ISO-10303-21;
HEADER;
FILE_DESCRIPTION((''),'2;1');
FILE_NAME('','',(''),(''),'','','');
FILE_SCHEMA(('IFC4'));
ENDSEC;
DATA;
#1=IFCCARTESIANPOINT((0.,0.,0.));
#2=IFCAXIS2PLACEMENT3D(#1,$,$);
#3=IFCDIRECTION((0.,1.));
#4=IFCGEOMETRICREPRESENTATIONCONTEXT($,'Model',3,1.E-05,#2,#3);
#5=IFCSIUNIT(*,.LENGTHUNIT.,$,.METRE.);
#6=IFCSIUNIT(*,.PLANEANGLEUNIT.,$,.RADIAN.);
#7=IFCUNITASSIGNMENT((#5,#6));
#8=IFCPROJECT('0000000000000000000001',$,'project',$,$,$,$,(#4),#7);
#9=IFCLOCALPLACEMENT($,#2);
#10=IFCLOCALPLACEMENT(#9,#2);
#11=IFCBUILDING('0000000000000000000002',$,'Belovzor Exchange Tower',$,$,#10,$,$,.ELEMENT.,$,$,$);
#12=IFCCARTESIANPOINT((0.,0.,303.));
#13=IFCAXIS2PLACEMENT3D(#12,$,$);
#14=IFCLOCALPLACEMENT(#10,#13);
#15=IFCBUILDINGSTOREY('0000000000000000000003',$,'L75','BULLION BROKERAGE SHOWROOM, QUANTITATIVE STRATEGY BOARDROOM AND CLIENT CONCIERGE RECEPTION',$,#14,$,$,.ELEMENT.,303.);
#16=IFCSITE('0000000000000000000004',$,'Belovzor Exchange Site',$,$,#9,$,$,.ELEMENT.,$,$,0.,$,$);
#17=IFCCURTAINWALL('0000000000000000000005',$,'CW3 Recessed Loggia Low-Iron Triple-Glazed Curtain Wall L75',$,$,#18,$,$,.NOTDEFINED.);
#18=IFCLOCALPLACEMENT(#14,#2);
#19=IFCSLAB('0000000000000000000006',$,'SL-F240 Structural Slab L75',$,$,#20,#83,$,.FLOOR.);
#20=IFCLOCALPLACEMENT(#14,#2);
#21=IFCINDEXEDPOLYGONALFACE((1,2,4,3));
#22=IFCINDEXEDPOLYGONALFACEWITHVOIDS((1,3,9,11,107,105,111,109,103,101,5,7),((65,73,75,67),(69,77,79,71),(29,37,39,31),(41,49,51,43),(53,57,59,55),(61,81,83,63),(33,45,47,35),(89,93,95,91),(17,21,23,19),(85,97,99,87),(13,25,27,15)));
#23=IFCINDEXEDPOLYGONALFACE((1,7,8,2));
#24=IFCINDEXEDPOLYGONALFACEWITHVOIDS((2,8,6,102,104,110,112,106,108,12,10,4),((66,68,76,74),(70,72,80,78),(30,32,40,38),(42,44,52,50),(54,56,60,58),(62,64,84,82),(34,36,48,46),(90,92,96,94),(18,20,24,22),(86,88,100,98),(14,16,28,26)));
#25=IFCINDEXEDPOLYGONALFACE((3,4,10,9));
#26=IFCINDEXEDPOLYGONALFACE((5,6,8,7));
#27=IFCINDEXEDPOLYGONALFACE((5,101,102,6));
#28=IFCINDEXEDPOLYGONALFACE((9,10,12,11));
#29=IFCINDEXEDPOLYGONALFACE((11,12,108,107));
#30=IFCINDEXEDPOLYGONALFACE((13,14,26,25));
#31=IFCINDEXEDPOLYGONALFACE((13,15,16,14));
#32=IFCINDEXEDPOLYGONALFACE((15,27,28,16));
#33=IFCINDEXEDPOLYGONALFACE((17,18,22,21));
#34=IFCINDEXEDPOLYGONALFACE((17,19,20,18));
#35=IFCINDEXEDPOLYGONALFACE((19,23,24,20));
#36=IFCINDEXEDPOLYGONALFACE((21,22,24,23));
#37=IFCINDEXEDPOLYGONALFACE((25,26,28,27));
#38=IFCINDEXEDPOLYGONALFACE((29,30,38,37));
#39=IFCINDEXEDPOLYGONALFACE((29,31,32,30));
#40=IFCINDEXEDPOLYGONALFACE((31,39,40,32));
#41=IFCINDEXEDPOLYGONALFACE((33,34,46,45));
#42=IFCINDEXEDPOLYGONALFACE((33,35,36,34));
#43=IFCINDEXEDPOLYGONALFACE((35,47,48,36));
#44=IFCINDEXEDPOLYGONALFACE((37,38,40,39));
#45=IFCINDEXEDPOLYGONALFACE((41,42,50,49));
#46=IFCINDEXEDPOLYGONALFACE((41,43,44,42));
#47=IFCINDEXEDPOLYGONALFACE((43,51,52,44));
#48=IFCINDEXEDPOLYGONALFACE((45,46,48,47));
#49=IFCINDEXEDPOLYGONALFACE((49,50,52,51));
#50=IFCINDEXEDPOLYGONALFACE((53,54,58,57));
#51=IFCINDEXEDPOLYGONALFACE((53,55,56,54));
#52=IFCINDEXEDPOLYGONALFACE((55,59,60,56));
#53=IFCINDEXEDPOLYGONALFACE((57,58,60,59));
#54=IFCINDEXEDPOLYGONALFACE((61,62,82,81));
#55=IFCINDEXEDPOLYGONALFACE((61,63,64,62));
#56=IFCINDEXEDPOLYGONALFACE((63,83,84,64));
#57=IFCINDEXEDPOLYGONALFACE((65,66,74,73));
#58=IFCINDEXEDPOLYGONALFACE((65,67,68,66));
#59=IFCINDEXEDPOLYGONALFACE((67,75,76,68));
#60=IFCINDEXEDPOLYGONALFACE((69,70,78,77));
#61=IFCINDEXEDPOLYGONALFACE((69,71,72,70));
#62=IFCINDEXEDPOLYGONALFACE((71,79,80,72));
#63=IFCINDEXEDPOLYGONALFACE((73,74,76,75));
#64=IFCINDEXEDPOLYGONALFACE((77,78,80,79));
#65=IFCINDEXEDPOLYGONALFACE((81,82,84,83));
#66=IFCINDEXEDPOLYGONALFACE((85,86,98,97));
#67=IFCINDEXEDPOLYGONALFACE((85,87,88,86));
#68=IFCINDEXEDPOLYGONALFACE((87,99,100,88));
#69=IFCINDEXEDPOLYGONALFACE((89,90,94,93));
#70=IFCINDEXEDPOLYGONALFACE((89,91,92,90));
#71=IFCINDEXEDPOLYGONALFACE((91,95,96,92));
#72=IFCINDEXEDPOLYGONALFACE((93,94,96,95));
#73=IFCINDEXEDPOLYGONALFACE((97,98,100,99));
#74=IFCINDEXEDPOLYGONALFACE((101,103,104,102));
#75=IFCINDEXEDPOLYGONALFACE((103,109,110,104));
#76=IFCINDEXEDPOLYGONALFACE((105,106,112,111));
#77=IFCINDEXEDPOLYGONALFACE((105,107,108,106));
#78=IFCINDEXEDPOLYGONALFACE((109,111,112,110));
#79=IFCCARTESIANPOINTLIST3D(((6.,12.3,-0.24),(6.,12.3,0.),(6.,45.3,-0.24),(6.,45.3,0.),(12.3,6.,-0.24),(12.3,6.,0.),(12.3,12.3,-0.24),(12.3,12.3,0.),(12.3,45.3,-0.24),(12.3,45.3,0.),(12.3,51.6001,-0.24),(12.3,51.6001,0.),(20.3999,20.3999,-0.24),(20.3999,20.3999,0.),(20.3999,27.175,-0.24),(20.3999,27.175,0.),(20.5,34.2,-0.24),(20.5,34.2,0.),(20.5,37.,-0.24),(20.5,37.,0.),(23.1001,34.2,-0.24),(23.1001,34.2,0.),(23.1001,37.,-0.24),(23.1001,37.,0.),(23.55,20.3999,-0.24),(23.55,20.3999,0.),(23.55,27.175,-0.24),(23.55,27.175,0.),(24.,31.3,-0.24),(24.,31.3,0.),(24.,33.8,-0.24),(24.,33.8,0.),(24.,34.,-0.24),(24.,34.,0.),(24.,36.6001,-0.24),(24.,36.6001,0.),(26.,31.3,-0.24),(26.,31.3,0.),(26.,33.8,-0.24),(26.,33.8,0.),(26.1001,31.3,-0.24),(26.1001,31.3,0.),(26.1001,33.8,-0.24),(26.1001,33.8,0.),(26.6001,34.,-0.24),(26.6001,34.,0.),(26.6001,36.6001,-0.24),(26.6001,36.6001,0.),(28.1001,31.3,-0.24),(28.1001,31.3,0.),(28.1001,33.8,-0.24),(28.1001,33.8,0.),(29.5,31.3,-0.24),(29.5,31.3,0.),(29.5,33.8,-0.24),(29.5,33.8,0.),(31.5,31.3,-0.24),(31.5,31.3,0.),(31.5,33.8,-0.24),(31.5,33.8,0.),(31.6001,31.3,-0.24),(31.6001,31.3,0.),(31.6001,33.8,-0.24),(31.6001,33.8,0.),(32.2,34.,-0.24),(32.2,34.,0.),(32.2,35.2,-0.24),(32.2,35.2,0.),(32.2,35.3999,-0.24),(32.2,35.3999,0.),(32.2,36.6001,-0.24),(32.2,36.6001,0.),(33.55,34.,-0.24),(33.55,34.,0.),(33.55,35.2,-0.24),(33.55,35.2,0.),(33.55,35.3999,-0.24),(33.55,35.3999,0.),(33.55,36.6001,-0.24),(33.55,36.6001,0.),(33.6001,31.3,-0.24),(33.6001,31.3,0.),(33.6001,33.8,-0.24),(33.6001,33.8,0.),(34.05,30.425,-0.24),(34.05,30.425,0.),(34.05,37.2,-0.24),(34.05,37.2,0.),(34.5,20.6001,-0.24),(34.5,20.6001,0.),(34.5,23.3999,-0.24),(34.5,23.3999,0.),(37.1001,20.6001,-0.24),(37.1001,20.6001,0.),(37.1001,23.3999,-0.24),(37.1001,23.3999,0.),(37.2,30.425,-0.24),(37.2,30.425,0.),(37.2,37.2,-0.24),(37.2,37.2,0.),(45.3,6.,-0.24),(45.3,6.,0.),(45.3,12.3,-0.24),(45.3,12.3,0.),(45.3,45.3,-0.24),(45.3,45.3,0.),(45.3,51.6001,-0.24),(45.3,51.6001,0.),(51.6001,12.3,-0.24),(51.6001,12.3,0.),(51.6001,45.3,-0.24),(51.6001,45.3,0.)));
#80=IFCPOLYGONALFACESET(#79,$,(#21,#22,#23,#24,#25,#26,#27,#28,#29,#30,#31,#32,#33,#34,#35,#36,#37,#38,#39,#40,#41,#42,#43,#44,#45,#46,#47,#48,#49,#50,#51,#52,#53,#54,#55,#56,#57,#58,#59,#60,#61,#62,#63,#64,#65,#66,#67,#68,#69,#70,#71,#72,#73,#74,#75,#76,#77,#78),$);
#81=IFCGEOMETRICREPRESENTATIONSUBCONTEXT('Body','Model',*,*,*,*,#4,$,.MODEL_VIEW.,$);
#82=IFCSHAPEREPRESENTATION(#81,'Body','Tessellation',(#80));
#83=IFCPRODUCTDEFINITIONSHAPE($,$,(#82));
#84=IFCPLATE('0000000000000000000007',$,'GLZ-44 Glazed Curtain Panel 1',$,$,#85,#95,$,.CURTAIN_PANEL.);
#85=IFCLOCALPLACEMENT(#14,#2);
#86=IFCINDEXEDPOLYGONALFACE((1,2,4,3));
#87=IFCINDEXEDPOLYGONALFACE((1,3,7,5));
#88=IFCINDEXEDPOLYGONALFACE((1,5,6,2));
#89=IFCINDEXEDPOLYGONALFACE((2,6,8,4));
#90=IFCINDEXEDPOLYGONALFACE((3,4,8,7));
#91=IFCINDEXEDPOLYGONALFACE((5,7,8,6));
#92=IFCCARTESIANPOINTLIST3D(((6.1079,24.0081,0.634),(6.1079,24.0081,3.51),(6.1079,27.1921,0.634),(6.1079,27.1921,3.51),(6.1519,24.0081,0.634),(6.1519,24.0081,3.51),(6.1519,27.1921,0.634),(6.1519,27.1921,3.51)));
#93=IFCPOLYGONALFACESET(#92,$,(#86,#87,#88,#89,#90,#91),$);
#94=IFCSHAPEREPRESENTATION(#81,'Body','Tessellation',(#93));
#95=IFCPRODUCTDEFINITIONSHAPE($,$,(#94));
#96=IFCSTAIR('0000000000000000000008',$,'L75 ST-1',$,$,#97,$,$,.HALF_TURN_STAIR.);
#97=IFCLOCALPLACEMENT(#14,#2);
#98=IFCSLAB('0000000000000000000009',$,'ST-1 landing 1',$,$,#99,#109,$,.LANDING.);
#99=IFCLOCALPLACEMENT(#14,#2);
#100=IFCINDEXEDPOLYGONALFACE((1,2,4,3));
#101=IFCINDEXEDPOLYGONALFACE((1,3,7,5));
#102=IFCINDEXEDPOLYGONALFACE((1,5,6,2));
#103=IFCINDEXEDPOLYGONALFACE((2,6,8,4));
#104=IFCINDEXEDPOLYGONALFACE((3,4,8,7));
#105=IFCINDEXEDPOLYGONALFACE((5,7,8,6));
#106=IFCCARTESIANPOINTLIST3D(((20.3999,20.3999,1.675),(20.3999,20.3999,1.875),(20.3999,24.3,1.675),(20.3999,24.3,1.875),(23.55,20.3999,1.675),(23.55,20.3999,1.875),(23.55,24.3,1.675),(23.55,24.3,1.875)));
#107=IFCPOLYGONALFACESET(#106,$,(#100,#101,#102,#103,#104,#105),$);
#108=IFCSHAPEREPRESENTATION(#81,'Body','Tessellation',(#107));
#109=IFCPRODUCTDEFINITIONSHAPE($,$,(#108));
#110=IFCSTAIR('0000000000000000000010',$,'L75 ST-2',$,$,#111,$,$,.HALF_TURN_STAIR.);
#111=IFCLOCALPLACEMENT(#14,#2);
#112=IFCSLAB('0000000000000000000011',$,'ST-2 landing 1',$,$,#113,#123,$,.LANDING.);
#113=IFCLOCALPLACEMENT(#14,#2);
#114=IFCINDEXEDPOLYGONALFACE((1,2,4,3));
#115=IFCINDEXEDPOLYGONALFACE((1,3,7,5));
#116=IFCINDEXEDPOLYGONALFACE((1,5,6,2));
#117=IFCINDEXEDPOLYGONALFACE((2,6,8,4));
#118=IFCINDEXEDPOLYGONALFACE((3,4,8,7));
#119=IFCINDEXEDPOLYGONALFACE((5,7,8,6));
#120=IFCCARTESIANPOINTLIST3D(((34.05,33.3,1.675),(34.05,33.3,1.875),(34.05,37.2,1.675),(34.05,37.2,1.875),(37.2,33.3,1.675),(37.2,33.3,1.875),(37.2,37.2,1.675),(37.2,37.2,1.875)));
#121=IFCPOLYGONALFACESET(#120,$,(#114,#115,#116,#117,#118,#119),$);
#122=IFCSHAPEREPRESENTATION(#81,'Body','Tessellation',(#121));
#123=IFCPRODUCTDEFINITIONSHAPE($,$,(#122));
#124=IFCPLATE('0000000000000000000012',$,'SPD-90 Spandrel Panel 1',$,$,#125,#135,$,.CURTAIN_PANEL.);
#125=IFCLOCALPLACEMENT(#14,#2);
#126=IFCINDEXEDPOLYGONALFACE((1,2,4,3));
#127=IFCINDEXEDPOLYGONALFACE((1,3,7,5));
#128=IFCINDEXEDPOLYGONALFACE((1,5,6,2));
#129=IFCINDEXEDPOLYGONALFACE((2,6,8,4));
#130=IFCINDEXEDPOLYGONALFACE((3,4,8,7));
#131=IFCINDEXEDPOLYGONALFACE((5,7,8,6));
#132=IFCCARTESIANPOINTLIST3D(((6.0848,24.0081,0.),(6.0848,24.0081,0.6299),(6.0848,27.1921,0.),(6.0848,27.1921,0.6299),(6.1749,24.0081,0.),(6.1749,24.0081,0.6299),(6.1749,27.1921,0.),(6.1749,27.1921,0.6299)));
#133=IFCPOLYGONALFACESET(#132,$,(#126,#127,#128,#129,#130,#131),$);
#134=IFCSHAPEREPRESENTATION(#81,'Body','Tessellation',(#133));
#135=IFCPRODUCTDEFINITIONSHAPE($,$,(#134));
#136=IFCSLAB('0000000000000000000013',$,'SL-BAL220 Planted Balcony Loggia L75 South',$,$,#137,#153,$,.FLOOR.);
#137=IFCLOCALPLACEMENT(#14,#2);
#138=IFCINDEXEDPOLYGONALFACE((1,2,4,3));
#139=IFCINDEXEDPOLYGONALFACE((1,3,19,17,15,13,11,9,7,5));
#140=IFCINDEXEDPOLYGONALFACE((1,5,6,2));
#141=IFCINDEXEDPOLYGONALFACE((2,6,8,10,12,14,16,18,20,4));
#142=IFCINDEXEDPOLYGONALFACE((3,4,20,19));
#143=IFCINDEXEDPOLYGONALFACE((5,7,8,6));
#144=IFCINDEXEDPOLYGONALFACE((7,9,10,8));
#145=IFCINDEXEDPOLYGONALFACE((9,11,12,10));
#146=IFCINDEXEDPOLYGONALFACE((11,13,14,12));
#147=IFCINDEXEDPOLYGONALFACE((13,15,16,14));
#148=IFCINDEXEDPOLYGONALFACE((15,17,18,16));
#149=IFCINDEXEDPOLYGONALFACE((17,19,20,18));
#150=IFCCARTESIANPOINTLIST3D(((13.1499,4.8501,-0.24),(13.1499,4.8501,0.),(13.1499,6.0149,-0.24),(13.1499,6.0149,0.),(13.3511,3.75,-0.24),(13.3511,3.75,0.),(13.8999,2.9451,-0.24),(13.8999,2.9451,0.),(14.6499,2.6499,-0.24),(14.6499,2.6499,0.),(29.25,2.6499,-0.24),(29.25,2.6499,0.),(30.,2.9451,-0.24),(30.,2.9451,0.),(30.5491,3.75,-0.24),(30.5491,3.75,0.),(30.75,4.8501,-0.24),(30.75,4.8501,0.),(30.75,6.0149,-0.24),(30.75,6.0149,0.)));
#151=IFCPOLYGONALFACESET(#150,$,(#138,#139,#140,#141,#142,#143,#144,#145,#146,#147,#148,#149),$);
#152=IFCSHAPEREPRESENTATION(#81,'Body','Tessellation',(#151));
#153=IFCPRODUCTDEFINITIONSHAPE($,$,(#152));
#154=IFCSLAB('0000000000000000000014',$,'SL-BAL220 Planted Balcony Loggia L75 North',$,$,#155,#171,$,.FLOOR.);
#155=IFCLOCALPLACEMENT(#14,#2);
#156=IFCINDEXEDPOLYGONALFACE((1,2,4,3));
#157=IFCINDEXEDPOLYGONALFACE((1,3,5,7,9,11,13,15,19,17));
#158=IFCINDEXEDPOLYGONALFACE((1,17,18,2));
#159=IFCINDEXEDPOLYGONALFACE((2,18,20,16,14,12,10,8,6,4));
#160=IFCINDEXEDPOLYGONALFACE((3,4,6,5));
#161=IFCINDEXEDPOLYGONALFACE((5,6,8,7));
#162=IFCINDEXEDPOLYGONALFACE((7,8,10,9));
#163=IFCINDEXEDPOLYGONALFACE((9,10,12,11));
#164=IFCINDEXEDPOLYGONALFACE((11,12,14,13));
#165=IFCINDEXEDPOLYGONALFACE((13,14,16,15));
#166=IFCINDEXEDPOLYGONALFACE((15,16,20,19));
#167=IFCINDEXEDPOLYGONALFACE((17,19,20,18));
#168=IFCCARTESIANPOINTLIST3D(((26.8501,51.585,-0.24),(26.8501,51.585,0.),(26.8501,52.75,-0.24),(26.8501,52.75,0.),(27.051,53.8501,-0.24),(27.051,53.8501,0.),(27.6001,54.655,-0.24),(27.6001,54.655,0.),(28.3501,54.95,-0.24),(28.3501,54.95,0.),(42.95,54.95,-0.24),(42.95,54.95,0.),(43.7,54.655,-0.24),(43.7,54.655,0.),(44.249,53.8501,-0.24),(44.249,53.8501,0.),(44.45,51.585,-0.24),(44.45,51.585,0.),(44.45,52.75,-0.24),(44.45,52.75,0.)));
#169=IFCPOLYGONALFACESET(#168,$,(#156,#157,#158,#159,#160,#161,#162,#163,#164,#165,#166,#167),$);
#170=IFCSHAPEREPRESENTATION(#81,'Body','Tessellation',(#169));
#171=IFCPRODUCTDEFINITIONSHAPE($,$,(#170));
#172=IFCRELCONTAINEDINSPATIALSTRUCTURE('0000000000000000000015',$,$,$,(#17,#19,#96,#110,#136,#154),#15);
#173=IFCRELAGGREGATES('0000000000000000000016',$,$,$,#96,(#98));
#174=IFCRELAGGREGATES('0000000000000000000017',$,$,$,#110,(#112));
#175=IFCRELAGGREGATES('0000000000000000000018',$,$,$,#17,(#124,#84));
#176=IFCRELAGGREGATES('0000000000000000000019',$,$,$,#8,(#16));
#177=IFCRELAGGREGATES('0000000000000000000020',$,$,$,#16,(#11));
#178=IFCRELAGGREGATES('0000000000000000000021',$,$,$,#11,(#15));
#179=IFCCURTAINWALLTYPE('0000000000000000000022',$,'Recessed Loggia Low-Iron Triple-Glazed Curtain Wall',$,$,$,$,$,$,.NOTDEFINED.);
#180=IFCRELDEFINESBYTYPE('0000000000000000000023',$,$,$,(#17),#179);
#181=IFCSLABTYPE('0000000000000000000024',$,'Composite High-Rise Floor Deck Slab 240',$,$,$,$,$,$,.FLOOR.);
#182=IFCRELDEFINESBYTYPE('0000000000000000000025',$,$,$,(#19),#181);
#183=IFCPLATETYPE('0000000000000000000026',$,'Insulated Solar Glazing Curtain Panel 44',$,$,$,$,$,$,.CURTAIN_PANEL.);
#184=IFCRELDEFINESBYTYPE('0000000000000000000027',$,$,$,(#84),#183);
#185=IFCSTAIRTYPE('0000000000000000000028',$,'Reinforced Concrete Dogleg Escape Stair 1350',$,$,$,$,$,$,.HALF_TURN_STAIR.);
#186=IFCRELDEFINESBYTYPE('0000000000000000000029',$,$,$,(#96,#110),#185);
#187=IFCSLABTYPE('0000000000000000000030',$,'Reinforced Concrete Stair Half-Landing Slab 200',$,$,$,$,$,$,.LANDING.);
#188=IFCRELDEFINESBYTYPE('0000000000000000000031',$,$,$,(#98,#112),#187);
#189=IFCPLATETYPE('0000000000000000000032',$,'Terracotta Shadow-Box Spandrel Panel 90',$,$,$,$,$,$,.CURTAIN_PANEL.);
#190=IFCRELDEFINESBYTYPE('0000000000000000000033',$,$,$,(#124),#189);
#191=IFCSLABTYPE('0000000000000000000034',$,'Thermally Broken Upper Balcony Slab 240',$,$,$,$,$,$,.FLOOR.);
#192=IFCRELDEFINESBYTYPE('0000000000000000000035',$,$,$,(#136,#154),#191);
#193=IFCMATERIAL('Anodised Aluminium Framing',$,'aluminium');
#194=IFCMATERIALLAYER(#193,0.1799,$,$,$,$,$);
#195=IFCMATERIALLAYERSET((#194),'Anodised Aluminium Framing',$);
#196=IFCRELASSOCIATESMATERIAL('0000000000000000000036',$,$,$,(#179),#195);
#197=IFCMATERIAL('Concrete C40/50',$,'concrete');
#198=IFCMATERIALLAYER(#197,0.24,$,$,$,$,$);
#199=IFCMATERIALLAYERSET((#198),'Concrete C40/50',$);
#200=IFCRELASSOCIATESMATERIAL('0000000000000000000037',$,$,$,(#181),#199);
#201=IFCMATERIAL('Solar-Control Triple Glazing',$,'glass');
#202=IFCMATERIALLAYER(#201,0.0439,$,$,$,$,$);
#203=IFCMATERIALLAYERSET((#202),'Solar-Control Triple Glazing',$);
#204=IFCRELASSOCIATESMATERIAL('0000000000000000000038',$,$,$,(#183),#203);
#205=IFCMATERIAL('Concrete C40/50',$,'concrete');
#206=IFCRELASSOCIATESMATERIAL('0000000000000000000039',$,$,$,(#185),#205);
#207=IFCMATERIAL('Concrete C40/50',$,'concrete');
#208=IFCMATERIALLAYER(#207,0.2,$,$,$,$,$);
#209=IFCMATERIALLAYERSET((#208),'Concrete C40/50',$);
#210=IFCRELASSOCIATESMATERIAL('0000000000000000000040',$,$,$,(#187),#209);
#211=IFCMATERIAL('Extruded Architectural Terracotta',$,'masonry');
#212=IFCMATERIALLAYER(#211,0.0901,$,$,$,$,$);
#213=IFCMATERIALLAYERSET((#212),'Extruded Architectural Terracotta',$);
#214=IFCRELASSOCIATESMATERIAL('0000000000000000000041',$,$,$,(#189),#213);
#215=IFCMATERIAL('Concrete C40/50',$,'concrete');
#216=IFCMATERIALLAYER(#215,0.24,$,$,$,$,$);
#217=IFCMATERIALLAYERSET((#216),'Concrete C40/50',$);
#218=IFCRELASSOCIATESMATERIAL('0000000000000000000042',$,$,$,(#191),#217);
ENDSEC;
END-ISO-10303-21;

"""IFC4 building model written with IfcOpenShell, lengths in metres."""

from ifc_helpers import new_model, si_unit, direction, frame, origin, origin_2d, place, context, subcontext, project, spatial, polyline, rectangle, outline, extrude, material, layer, layer_set, type_object, element, aggregate, save


model = new_model("IFC4")

# Units and contexts
model_context = context("Model", 3, precision=1e-05, world=origin(), true_north=direction((0.0, 1.0)))
body_context = subcontext(model_context, "Body", "Model", "MODEL_VIEW")
ifc_project = project(units=[si_unit("LENGTHUNIT", "METRE"), si_unit("PLANEANGLEUNIT", "RADIAN")], contexts=[model_context])

# Site, building, storey
site_placement = place(None, origin())
site = spatial("IfcSite", under=ifc_project, at=site_placement, Name="Belovzor Exchange Site", CompositionType="ELEMENT", RefElevation=0.0)
building_placement = place(site_placement, origin())
building = spatial("IfcBuilding", under=site, at=building_placement, Name="Belovzor Exchange Tower", CompositionType="ELEMENT")
storey_placement = place(building_placement, frame((0.0, 0.0, 303.0)))
storey = spatial("IfcBuildingStorey", under=building, at=storey_placement, Name="L75", Description="BULLION BROKERAGE SHOWROOM, QUANTITATIVE STRATEGY BOARDROOM AND CLIENT CONCIERGE RECEPTION", CompositionType="ELEMENT", Elevation=303.0)

# Curtain wall
ifc_material_1 = material(Name="Anodised Aluminium Framing", Category="aluminium")
ifc_layer_1 = layer(ifc_material_1, 0.1799)
ifc_layer_set_1 = layer_set([ifc_layer_1], Name="Anodised Aluminium Framing")
curtain_wall_type = type_object("IfcCurtainWallType", Name="Recessed Loggia Low-Iron Triple-Glazed Curtain Wall", PredefinedType="NOTDEFINED", material=ifc_layer_set_1)
curtain_wall_placement = place(storey_placement, origin())
curtain_wall = element("IfcCurtainWall", 1, at=curtain_wall_placement, inside=storey, type_object=curtain_wall_type, Name="CW3 Recessed Loggia Low-Iron Triple-Glazed Curtain Wall L75", PredefinedType="NOTDEFINED")

# Slab
ifc_material_2 = material(Name="Concrete C40/50", Category="concrete")
ifc_layer_2 = layer(ifc_material_2, 0.24)
ifc_layer_set_2 = layer_set([ifc_layer_2], Name="Concrete C40/50")
slab_type_1 = type_object("IfcSlabType", Name="Composite High-Rise Floor Deck Slab 240", PredefinedType="FLOOR", material=ifc_layer_set_2)
slab_1_placement = place(storey_placement, frame((0.0, 0.0, -0.24)))
element("IfcSlab", 2, at=slab_1_placement, inside=storey, type_object=slab_type_1, Name="SL-F240 Structural Slab L75", PredefinedType="FLOOR", context=body_context, shape_type="SweptSolid", body=[
    extrude(outline(polyline([(12.3, 6.0), (45.3, 6.0), (45.3, 12.3), (51.6001, 12.3), (51.6001, 45.3), (45.3, 45.3), (45.3, 51.6001), (12.3, 51.6001), (12.3, 45.3), (6.0, 45.3), (6.0, 12.3), (12.3, 12.3), (12.3, 6.0)]), holes=[polyline([(20.3999, 27.175), (20.3999, 20.3999), (23.55, 20.3999), (23.55, 27.175), (20.3999, 27.175)]), polyline([(37.2, 30.425), (37.2, 37.2), (34.05, 37.2), (34.05, 30.425), (37.2, 30.425)]), polyline([(20.5, 34.2), (23.1001, 34.2), (23.1001, 37.0), (20.5, 37.0), (20.5, 34.2)]), polyline([(34.5, 20.6001), (37.1001, 20.6001), (37.1001, 23.3999), (34.5, 23.3999), (34.5, 20.6001)]), polyline([(24.0, 34.0), (26.6001, 34.0), (26.6001, 36.6001), (24.0, 36.6001), (24.0, 34.0)]), polyline([(24.0, 31.3), (26.0, 31.3), (26.0, 33.8), (24.0, 33.8), (24.0, 31.3)]), polyline([(26.1001, 31.3), (28.1001, 31.3), (28.1001, 33.8), (26.1001, 33.8), (26.1001, 31.3)]), polyline([(29.5, 31.3), (31.5, 31.3), (31.5, 33.8), (29.5, 33.8), (29.5, 31.3)]), polyline([(31.6001, 31.3), (33.6001, 31.3), (33.6001, 33.8), (31.6001, 33.8), (31.6001, 31.3)]), polyline([(32.2, 34.0), (33.55, 34.0), (33.55, 35.2), (32.2, 35.2), (32.2, 34.0)]), polyline([(32.2, 35.3999), (33.55, 35.3999), (33.55, 36.6001), (32.2, 36.6001), (32.2, 35.3999)])]), origin(), (0.0, 0.0, 1.0), 0.24),
])

# Plate
ifc_material_3 = material(Name="Solar-Control Triple Glazing", Category="glass")
ifc_layer_3 = layer(ifc_material_3, 0.0439)
ifc_layer_set_3 = layer_set([ifc_layer_3], Name="Solar-Control Triple Glazing")
plate_type_1 = type_object("IfcPlateType", Name="Insulated Solar Glazing Curtain Panel 44", PredefinedType="CURTAIN_PANEL", material=ifc_layer_set_3)
plate_1_placement = place(storey_placement, frame((6.1299, 25.6001, 0.634), z_axis=(0.0, 0.0, 1.0), x_axis=(0.0, 1.0, 0.0)))
plate_1 = element("IfcPlate", 3, at=plate_1_placement, type_object=plate_type_1, Name="GLZ-44 Glazed Curtain Panel 1", PredefinedType="CURTAIN_PANEL", context=body_context, shape_type="SweptSolid", body=[
    extrude(rectangle(XDim=3.1841, YDim=0.0439, at=origin_2d()), origin(), (0.0, 0.0, 1.0), 2.876),
])

# Stairs, slabs
ifc_material_4 = material(Name="Concrete C40/50", Category="concrete")
stair_type = type_object("IfcStairType", Name="Reinforced Concrete Dogleg Escape Stair 1350", PredefinedType="HALF_TURN_STAIR", material=ifc_material_4)
stair_1_placement = place(storey_placement, origin())
stair_1 = element("IfcStair", 4, at=stair_1_placement, inside=storey, type_object=stair_type, Name="L75 ST-1", PredefinedType="HALF_TURN_STAIR")
ifc_material_5 = material(Name="Concrete C40/50", Category="concrete")
ifc_layer_4 = layer(ifc_material_5, 0.2)
ifc_layer_set_4 = layer_set([ifc_layer_4], Name="Concrete C40/50")
slab_type_2 = type_object("IfcSlabType", Name="Reinforced Concrete Stair Half-Landing Slab 200", PredefinedType="LANDING", material=ifc_layer_set_4)
slab_2_placement = place(storey_placement, frame((0.0, 0.0, 1.675)))
slab_2 = element("IfcSlab", 5, at=slab_2_placement, type_object=slab_type_2, Name="ST-1 landing 1", PredefinedType="LANDING", context=body_context, shape_type="SweptSolid", body=[
    extrude(outline(polyline([(20.3999, 24.3), (20.3999, 20.3999), (23.55, 20.3999), (23.55, 24.3), (20.3999, 24.3)])), origin(), (0.0, 0.0, 1.0), 0.2),
])
aggregate(stair_1, [slab_2])
stair_2_placement = place(storey_placement, origin())
stair_2 = element("IfcStair", 6, at=stair_2_placement, inside=storey, type_object=stair_type, Name="L75 ST-2", PredefinedType="HALF_TURN_STAIR")
slab_3_placement = place(storey_placement, frame((0.0, 0.0, 1.675)))
slab_3 = element("IfcSlab", 7, at=slab_3_placement, type_object=slab_type_2, Name="ST-2 landing 1", PredefinedType="LANDING", context=body_context, shape_type="SweptSolid", body=[
    extrude(outline(polyline([(37.2, 33.3), (37.2, 37.2), (34.05, 37.2), (34.05, 33.3), (37.2, 33.3)])), origin(), (0.0, 0.0, 1.0), 0.2),
])
aggregate(stair_2, [slab_3])

# Plate
ifc_material_6 = material(Name="Extruded Architectural Terracotta", Category="masonry")
ifc_layer_5 = layer(ifc_material_6, 0.0901)
ifc_layer_set_5 = layer_set([ifc_layer_5], Name="Extruded Architectural Terracotta")
plate_type_2 = type_object("IfcPlateType", Name="Terracotta Shadow-Box Spandrel Panel 90", PredefinedType="CURTAIN_PANEL", material=ifc_layer_set_5)
plate_2_placement = place(storey_placement, frame((6.1299, 25.6001, 0.0), z_axis=(0.0, 0.0, 1.0), x_axis=(0.0, 1.0, 0.0)))
plate_2 = element("IfcPlate", 8, at=plate_2_placement, type_object=plate_type_2, Name="SPD-90 Spandrel Panel 1", PredefinedType="CURTAIN_PANEL", context=body_context, shape_type="SweptSolid", body=[
    extrude(rectangle(XDim=3.1841, YDim=0.0901, at=origin_2d()), origin(), (0.0, 0.0, 1.0), 0.6299),
])
aggregate(curtain_wall, [plate_2, plate_1])

# Slabs
ifc_material_7 = material(Name="Concrete C40/50", Category="concrete")
ifc_layer_6 = layer(ifc_material_7, 0.24)
ifc_layer_set_6 = layer_set([ifc_layer_6], Name="Concrete C40/50")
slab_type_3 = type_object("IfcSlabType", Name="Thermally Broken Upper Balcony Slab 240", PredefinedType="FLOOR", material=ifc_layer_set_6)
slab_4_placement = place(storey_placement, frame((0.0, 0.0, -0.24)))
element("IfcSlab", 9, at=slab_4_placement, inside=storey, type_object=slab_type_3, Name="SL-BAL220 Planted Balcony Loggia L75 South", PredefinedType="FLOOR", context=body_context, shape_type="SweptSolid", body=[
    extrude(outline(polyline([(13.1499, 6.0149), (13.1499, 4.8501), (13.3511, 3.75), (13.8999, 2.9451), (14.6499, 2.6499), (29.25, 2.6499), (30.0, 2.9451), (30.5491, 3.75), (30.75, 4.8501), (30.75, 6.0149), (13.1499, 6.0149)])), origin(), (0.0, 0.0, 1.0), 0.24),
])
slab_5_placement = place(storey_placement, frame((0.0, 0.0, -0.24)))
element("IfcSlab", 10, at=slab_5_placement, inside=storey, type_object=slab_type_3, Name="SL-BAL220 Planted Balcony Loggia L75 North", PredefinedType="FLOOR", context=body_context, shape_type="SweptSolid", body=[
    extrude(outline(polyline([(44.45, 51.585), (44.45, 52.75), (44.249, 53.8501), (43.7, 54.655), (42.95, 54.95), (28.3501, 54.95), (27.6001, 54.655), (27.051, 53.8501), (26.8501, 52.75), (26.8501, 51.585), (44.45, 51.585)])), origin(), (0.0, 0.0, 1.0), 0.24),
])

save(model, "model.ifc")
